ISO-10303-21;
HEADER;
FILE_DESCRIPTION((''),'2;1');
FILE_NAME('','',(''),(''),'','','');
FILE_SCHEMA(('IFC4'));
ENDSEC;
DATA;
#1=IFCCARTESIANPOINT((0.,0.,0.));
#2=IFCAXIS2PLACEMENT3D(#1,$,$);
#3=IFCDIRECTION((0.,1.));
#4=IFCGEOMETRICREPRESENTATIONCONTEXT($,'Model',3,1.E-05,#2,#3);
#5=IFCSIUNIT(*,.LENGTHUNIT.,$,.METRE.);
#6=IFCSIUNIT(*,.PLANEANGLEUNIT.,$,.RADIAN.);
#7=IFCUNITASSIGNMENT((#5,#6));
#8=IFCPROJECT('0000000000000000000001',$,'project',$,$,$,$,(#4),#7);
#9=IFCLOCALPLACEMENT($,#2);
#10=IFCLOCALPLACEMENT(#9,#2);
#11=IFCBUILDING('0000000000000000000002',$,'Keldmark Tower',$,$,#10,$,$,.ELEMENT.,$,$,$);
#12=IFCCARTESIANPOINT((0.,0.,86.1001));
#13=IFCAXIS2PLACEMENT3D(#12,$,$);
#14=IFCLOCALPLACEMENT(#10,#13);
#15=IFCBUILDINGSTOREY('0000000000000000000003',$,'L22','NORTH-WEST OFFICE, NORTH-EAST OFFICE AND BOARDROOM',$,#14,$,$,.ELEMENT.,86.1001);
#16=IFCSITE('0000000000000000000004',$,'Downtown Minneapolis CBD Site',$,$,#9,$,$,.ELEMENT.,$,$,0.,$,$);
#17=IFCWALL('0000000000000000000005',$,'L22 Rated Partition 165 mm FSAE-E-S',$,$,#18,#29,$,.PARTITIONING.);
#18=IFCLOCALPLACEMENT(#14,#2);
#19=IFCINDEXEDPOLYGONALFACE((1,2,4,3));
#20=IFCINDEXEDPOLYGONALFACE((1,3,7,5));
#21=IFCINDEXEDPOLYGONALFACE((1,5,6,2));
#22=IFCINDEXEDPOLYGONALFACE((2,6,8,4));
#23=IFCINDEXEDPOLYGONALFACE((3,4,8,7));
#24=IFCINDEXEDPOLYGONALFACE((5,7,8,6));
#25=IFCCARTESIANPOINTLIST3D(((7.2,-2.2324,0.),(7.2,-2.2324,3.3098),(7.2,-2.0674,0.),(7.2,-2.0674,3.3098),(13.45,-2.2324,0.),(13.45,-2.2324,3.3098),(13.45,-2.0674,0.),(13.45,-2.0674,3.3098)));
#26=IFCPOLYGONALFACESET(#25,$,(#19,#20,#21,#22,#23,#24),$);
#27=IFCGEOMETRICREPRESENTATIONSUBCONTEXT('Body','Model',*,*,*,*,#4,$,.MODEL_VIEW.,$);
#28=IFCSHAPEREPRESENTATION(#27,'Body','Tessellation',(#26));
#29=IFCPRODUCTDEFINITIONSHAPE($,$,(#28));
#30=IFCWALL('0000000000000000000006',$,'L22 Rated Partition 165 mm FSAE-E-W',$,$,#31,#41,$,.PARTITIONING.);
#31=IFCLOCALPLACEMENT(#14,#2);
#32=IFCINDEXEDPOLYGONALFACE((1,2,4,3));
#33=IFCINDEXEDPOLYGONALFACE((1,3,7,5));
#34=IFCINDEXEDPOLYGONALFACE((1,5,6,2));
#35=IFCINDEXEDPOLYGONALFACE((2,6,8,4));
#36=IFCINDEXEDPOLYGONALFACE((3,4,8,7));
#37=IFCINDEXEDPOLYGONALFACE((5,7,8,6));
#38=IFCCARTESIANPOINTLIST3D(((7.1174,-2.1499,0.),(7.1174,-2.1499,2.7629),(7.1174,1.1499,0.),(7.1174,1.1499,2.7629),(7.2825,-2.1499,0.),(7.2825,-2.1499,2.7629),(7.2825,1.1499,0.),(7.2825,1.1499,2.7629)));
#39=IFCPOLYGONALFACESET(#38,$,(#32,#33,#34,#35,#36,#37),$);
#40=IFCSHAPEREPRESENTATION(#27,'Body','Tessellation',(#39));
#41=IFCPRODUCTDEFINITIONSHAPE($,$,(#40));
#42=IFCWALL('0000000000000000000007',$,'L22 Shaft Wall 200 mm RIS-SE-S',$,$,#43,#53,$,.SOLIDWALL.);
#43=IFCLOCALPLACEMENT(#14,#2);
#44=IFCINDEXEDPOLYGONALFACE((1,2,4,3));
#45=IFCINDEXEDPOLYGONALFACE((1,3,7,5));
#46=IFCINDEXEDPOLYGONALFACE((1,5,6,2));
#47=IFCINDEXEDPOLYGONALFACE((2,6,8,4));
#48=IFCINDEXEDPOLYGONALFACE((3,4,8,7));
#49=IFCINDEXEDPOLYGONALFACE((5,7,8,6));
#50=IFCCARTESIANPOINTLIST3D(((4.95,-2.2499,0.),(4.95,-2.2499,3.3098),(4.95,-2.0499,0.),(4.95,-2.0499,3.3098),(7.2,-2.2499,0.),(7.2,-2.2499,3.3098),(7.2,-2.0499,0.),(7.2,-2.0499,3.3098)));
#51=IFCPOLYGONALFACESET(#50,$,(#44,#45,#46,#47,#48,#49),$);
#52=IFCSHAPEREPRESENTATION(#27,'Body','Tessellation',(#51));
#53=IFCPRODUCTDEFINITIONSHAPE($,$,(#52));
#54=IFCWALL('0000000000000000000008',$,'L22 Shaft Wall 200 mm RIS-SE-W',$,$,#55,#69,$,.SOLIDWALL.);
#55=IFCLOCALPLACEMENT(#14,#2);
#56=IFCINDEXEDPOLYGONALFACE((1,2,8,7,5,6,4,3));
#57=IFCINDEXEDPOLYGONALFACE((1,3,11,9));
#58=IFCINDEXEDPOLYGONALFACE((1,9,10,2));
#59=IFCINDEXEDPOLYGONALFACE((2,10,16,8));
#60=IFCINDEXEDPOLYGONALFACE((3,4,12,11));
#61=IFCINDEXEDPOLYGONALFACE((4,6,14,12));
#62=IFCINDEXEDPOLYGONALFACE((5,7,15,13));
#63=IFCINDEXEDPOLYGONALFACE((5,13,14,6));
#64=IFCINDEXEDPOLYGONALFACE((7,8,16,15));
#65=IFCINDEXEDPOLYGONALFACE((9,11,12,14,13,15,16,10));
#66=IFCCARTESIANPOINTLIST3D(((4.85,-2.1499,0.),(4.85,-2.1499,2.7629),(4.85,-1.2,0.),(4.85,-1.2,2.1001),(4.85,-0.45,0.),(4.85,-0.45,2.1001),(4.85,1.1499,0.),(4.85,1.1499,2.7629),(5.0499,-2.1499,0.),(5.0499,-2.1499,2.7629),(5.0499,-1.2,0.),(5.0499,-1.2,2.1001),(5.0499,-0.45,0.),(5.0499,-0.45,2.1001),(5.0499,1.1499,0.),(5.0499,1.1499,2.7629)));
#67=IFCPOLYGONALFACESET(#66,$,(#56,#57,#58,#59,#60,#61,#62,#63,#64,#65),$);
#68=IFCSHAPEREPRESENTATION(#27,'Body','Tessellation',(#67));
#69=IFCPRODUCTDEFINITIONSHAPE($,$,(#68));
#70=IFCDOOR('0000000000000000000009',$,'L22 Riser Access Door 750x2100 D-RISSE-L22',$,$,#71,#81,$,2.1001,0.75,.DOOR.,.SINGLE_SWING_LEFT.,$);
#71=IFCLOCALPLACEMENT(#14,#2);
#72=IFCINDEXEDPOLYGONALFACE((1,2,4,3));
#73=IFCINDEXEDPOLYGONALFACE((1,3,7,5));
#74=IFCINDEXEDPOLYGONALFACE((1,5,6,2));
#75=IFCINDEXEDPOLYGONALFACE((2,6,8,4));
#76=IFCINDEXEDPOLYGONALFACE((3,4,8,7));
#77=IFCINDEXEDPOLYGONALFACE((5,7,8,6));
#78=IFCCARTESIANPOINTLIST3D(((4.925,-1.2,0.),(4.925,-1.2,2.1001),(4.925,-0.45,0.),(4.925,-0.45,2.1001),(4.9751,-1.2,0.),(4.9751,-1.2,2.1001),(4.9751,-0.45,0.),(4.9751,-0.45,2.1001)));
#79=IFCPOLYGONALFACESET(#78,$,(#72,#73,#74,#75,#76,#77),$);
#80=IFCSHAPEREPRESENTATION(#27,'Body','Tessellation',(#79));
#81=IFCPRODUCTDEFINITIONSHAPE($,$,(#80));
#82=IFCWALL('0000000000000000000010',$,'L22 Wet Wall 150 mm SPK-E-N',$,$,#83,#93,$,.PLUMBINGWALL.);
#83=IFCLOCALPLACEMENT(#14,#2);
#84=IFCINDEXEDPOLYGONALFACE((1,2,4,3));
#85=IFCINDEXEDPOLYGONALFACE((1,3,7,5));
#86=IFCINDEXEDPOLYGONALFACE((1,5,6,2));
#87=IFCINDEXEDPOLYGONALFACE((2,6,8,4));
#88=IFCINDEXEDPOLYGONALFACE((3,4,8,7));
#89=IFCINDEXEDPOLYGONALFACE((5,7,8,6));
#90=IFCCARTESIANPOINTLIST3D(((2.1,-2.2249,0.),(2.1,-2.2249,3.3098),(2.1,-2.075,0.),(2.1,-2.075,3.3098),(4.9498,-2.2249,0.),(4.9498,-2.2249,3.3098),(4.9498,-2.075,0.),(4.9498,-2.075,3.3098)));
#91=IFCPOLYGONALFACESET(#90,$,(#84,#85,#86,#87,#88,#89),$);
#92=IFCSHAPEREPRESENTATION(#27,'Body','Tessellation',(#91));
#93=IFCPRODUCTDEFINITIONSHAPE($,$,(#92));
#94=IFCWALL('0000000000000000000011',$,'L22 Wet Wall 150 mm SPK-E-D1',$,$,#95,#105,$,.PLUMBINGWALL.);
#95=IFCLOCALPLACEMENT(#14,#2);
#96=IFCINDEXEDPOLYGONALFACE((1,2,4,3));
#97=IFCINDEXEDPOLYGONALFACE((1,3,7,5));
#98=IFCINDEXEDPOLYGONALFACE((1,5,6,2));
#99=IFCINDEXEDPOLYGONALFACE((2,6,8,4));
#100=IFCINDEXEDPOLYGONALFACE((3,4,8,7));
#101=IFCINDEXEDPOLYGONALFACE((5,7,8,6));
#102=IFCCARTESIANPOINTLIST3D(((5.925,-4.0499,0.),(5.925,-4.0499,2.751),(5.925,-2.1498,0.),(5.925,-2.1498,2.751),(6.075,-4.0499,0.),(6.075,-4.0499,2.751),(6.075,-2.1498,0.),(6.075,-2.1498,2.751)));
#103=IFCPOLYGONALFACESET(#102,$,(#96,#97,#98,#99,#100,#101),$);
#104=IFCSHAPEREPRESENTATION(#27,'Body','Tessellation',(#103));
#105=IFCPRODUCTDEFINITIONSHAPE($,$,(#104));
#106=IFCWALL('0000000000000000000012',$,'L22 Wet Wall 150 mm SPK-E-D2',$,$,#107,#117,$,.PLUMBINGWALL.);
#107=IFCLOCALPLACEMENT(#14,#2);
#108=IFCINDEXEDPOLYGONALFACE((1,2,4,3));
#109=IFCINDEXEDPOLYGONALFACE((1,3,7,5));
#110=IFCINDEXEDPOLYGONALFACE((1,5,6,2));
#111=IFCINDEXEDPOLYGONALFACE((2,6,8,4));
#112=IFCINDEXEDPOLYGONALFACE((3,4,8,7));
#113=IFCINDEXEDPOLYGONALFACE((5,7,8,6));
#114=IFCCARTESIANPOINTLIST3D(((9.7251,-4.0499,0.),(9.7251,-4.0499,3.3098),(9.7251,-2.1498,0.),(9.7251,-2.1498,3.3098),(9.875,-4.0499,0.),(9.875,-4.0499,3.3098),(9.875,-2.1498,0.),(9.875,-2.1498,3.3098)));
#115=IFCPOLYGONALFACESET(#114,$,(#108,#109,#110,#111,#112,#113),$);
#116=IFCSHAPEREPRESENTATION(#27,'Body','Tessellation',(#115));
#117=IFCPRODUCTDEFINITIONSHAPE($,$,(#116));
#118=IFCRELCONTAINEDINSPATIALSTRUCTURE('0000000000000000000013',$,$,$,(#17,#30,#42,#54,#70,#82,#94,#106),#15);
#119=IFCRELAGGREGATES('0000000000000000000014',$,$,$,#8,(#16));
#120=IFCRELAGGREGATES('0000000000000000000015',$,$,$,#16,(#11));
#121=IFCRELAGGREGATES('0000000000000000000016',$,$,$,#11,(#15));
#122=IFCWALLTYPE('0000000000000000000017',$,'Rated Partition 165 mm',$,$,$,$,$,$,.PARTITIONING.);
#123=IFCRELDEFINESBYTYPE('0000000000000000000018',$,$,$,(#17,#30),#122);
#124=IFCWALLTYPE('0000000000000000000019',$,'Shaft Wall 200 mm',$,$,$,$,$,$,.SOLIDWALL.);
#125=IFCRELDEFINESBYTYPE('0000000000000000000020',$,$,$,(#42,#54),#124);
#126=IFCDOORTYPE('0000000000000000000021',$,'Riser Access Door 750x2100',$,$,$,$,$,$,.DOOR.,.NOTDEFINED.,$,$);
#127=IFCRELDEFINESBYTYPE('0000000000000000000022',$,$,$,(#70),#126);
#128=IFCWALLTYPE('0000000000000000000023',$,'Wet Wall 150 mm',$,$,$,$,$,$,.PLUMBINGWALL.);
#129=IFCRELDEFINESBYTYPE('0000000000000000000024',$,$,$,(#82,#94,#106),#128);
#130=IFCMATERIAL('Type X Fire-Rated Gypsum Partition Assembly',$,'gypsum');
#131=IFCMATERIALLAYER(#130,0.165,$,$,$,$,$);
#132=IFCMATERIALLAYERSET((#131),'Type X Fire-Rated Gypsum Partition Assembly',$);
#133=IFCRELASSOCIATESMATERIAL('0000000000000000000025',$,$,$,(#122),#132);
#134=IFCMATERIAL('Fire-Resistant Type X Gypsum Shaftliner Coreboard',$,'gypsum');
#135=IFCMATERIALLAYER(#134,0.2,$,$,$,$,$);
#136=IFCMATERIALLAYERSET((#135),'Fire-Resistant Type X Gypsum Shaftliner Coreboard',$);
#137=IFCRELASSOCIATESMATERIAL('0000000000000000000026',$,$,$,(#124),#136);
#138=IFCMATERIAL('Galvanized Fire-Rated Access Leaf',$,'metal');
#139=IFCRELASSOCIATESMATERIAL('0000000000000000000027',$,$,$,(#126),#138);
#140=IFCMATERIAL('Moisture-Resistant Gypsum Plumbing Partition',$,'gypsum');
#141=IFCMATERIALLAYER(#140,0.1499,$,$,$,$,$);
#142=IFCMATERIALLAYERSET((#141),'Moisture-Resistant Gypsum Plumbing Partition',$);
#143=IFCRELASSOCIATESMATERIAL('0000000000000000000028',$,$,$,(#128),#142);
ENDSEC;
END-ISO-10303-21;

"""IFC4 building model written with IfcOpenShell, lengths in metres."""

from ifc_helpers import new_model, si_unit, direction, frame, frame_2d, origin, place, context, subcontext, project, spatial, rectangle, extrude, material, layer, layer_set, type_object, element, fill, save


model = new_model("IFC4")

# Units and contexts
model_context = context("Model", 3, precision=1e-05, world=origin(), true_north=direction((0.0, 1.0)))
body_context = subcontext(model_context, "Body", "Model", "MODEL_VIEW")
ifc_project = project(units=[si_unit("LENGTHUNIT", "METRE"), si_unit("PLANEANGLEUNIT", "RADIAN")], contexts=[model_context])

# Site, building, storey
site_placement = place(None, origin())
site = spatial("IfcSite", under=ifc_project, at=site_placement, Name="Downtown Minneapolis CBD Site", CompositionType="ELEMENT", RefElevation=0.0)
building_placement = place(site_placement, origin())
building = spatial("IfcBuilding", under=site, at=building_placement, Name="Keldmark Tower", CompositionType="ELEMENT")
storey_placement = place(building_placement, frame((0.0, 0.0, 86.1001)))
storey = spatial("IfcBuildingStorey", under=building, at=storey_placement, Name="L22", Description="NORTH-WEST OFFICE, NORTH-EAST OFFICE AND BOARDROOM", CompositionType="ELEMENT", Elevation=86.1001)

# Walls
ifc_material_1 = material(Name="Type X Fire-Rated Gypsum Partition Assembly", Category="gypsum")
ifc_layer_1 = layer(ifc_material_1, 0.165)
ifc_layer_set_1 = layer_set([ifc_layer_1], Name="Type X Fire-Rated Gypsum Partition Assembly")
wall_type_1 = type_object("IfcWallType", Name="Rated Partition 165 mm", PredefinedType="PARTITIONING", material=ifc_layer_set_1)
wall_1_placement = place(storey_placement, frame((7.2, -2.1499, 0.0), z_axis=(0.0, 0.0, 1.0), x_axis=(1.0, 0.0, 0.0)))
element("IfcWall", 1, at=wall_1_placement, inside=storey, type_object=wall_type_1, Name="L22 Rated Partition 165 mm FSAE-E-S", PredefinedType="PARTITIONING", context=body_context, shape_type="SweptSolid", body=[
    extrude(rectangle(XDim=6.25, YDim=0.165, at=frame_2d((3.125, 0.0))), origin(), (0.0, 0.0, 1.0), 3.3098),
])
wall_2_placement = place(storey_placement, frame((7.2, -2.1499, 0.0), z_axis=(0.0, 0.0, 1.0), x_axis=(0.0, 1.0, 0.0)))
element("IfcWall", 2, at=wall_2_placement, inside=storey, type_object=wall_type_1, Name="L22 Rated Partition 165 mm FSAE-E-W", PredefinedType="PARTITIONING", context=body_context, shape_type="SweptSolid", body=[
    extrude(rectangle(XDim=3.2998, YDim=0.165, at=frame_2d((1.6499, 0.0))), origin(), (0.0, 0.0, 1.0), 2.7629),
])

# Wall
ifc_material_2 = material(Name="Fire-Resistant Type X Gypsum Shaftliner Coreboard", Category="gypsum")
ifc_layer_2 = layer(ifc_material_2, 0.2)
ifc_layer_set_2 = layer_set([ifc_layer_2], Name="Fire-Resistant Type X Gypsum Shaftliner Coreboard")
wall_type_2 = type_object("IfcWallType", Name="Shaft Wall 200 mm", PredefinedType="SOLIDWALL", material=ifc_layer_set_2)
wall_3_placement = place(storey_placement, frame((4.95, -2.1499, 0.0), z_axis=(0.0, 0.0, 1.0), x_axis=(1.0, 0.0, 0.0)))
element("IfcWall", 3, at=wall_3_placement, inside=storey, type_object=wall_type_2, Name="L22 Shaft Wall 200 mm RIS-SE-S", PredefinedType="SOLIDWALL", context=body_context, shape_type="SweptSolid", body=[
    extrude(rectangle(XDim=2.25, YDim=0.2, at=frame_2d((1.125, 0.0))), origin(), (0.0, 0.0, 1.0), 3.3098),
])

# Wall, opening, door
wall_4_placement = place(storey_placement, frame((4.95, -2.1499, 0.0), z_axis=(0.0, 0.0, 1.0), x_axis=(0.0, 1.0, 0.0)))
wall_4 = element("IfcWall", 4, at=wall_4_placement, inside=storey, type_object=wall_type_2, Name="L22 Shaft Wall 200 mm RIS-SE-W", PredefinedType="SOLIDWALL", context=body_context, shape_type="SweptSolid", body=[
    extrude(rectangle(XDim=3.2998, YDim=0.2, at=frame_2d((1.6499, 0.0))), origin(), (0.0, 0.0, 1.0), 2.7629),
])
opening_1_placement = place(wall_4_placement, frame((0.95, 0.0, 0.0)))
opening_1 = element("IfcOpeningElement", 5, at=opening_1_placement, cuts=wall_4, PredefinedType="OPENING", context=body_context, shape_type="SweptSolid", body=[
    extrude(rectangle(XDim=0.75, YDim=2.1001, at=frame_2d((0.375, 1.05))), frame((0.0, 0.1099, 0.0), z_axis=(0.0, -1.0, 0.0), x_axis=(1.0, 0.0, 0.0)), (0.0, 0.0, 1.0), 0.22),
])
ifc_material_3 = material(Name="Galvanized Fire-Rated Access Leaf", Category="metal")
door_type_1 = type_object("IfcDoorType", Name="Riser Access Door 750x2100", OperationType="NOTDEFINED", PredefinedType="DOOR", material=ifc_material_3)
door_1_placement = place(opening_1_placement, origin())
door_1 = element("IfcDoor", 6, at=door_1_placement, inside=storey, type_object=door_type_1, Name="L22 Riser Access Door 750x2100 D-RISSE-L22", OperationType="SINGLE_SWING_LEFT", OverallHeight=2.1001, OverallWidth=0.75, PredefinedType="DOOR", context=body_context, shape_type="SweptSolid", body=[
    extrude(rectangle(XDim=0.75, YDim=2.1001, at=frame_2d((0.375, 1.05))), frame((0.0, 0.0249, 0.0), z_axis=(0.0, -1.0, 0.0), x_axis=(1.0, 0.0, 0.0)), (0.0, 0.0, 1.0), 0.05),
])
fill(opening_1, door_1)

# Walls
ifc_material_4 = material(Name="Moisture-Resistant Gypsum Plumbing Partition", Category="gypsum")
ifc_layer_3 = layer(ifc_material_4, 0.1499)
ifc_layer_set_3 = layer_set([ifc_layer_3], Name="Moisture-Resistant Gypsum Plumbing Partition")
wall_type_3 = type_object("IfcWallType", Name="Wet Wall 150 mm", PredefinedType="PLUMBINGWALL", material=ifc_layer_set_3)
wall_5_placement = place(storey_placement, frame((2.1001, -2.1499, 0.0), z_axis=(0.0, 0.0, 1.0), x_axis=(1.0, 0.0, 0.0)))
element("IfcWall", 7, at=wall_5_placement, inside=storey, type_object=wall_type_3, Name="L22 Wet Wall 150 mm SPK-E-N", PredefinedType="PLUMBINGWALL", context=body_context, shape_type="SweptSolid", body=[
    extrude(rectangle(XDim=2.8499, YDim=0.1499, at=frame_2d((1.4248, 0.0))), origin(), (0.0, 0.0, 1.0), 3.3098),
])
wall_6_placement = place(storey_placement, frame((6.0, -4.05, 0.0), z_axis=(0.0, 0.0, 1.0), x_axis=(0.0, 1.0, 0.0)))
element("IfcWall", 8, at=wall_6_placement, inside=storey, type_object=wall_type_3, Name="L22 Wet Wall 150 mm SPK-E-D1", PredefinedType="PLUMBINGWALL", context=body_context, shape_type="SweptSolid", body=[
    extrude(rectangle(XDim=1.9001, YDim=0.1499, at=frame_2d((0.9502, 0.0))), origin(), (0.0, 0.0, 1.0), 2.751),
])
wall_7_placement = place(storey_placement, frame((9.8, -4.05, 0.0), z_axis=(0.0, 0.0, 1.0), x_axis=(0.0, 1.0, 0.0)))
element("IfcWall", 9, at=wall_7_placement, inside=storey, type_object=wall_type_3, Name="L22 Wet Wall 150 mm SPK-E-D2", PredefinedType="PLUMBINGWALL", context=body_context, shape_type="SweptSolid", body=[
    extrude(rectangle(XDim=1.9001, YDim=0.1499, at=frame_2d((0.9502, 0.0))), origin(), (0.0, 0.0, 1.0), 3.3098),
])

save(model, "model.ifc")
